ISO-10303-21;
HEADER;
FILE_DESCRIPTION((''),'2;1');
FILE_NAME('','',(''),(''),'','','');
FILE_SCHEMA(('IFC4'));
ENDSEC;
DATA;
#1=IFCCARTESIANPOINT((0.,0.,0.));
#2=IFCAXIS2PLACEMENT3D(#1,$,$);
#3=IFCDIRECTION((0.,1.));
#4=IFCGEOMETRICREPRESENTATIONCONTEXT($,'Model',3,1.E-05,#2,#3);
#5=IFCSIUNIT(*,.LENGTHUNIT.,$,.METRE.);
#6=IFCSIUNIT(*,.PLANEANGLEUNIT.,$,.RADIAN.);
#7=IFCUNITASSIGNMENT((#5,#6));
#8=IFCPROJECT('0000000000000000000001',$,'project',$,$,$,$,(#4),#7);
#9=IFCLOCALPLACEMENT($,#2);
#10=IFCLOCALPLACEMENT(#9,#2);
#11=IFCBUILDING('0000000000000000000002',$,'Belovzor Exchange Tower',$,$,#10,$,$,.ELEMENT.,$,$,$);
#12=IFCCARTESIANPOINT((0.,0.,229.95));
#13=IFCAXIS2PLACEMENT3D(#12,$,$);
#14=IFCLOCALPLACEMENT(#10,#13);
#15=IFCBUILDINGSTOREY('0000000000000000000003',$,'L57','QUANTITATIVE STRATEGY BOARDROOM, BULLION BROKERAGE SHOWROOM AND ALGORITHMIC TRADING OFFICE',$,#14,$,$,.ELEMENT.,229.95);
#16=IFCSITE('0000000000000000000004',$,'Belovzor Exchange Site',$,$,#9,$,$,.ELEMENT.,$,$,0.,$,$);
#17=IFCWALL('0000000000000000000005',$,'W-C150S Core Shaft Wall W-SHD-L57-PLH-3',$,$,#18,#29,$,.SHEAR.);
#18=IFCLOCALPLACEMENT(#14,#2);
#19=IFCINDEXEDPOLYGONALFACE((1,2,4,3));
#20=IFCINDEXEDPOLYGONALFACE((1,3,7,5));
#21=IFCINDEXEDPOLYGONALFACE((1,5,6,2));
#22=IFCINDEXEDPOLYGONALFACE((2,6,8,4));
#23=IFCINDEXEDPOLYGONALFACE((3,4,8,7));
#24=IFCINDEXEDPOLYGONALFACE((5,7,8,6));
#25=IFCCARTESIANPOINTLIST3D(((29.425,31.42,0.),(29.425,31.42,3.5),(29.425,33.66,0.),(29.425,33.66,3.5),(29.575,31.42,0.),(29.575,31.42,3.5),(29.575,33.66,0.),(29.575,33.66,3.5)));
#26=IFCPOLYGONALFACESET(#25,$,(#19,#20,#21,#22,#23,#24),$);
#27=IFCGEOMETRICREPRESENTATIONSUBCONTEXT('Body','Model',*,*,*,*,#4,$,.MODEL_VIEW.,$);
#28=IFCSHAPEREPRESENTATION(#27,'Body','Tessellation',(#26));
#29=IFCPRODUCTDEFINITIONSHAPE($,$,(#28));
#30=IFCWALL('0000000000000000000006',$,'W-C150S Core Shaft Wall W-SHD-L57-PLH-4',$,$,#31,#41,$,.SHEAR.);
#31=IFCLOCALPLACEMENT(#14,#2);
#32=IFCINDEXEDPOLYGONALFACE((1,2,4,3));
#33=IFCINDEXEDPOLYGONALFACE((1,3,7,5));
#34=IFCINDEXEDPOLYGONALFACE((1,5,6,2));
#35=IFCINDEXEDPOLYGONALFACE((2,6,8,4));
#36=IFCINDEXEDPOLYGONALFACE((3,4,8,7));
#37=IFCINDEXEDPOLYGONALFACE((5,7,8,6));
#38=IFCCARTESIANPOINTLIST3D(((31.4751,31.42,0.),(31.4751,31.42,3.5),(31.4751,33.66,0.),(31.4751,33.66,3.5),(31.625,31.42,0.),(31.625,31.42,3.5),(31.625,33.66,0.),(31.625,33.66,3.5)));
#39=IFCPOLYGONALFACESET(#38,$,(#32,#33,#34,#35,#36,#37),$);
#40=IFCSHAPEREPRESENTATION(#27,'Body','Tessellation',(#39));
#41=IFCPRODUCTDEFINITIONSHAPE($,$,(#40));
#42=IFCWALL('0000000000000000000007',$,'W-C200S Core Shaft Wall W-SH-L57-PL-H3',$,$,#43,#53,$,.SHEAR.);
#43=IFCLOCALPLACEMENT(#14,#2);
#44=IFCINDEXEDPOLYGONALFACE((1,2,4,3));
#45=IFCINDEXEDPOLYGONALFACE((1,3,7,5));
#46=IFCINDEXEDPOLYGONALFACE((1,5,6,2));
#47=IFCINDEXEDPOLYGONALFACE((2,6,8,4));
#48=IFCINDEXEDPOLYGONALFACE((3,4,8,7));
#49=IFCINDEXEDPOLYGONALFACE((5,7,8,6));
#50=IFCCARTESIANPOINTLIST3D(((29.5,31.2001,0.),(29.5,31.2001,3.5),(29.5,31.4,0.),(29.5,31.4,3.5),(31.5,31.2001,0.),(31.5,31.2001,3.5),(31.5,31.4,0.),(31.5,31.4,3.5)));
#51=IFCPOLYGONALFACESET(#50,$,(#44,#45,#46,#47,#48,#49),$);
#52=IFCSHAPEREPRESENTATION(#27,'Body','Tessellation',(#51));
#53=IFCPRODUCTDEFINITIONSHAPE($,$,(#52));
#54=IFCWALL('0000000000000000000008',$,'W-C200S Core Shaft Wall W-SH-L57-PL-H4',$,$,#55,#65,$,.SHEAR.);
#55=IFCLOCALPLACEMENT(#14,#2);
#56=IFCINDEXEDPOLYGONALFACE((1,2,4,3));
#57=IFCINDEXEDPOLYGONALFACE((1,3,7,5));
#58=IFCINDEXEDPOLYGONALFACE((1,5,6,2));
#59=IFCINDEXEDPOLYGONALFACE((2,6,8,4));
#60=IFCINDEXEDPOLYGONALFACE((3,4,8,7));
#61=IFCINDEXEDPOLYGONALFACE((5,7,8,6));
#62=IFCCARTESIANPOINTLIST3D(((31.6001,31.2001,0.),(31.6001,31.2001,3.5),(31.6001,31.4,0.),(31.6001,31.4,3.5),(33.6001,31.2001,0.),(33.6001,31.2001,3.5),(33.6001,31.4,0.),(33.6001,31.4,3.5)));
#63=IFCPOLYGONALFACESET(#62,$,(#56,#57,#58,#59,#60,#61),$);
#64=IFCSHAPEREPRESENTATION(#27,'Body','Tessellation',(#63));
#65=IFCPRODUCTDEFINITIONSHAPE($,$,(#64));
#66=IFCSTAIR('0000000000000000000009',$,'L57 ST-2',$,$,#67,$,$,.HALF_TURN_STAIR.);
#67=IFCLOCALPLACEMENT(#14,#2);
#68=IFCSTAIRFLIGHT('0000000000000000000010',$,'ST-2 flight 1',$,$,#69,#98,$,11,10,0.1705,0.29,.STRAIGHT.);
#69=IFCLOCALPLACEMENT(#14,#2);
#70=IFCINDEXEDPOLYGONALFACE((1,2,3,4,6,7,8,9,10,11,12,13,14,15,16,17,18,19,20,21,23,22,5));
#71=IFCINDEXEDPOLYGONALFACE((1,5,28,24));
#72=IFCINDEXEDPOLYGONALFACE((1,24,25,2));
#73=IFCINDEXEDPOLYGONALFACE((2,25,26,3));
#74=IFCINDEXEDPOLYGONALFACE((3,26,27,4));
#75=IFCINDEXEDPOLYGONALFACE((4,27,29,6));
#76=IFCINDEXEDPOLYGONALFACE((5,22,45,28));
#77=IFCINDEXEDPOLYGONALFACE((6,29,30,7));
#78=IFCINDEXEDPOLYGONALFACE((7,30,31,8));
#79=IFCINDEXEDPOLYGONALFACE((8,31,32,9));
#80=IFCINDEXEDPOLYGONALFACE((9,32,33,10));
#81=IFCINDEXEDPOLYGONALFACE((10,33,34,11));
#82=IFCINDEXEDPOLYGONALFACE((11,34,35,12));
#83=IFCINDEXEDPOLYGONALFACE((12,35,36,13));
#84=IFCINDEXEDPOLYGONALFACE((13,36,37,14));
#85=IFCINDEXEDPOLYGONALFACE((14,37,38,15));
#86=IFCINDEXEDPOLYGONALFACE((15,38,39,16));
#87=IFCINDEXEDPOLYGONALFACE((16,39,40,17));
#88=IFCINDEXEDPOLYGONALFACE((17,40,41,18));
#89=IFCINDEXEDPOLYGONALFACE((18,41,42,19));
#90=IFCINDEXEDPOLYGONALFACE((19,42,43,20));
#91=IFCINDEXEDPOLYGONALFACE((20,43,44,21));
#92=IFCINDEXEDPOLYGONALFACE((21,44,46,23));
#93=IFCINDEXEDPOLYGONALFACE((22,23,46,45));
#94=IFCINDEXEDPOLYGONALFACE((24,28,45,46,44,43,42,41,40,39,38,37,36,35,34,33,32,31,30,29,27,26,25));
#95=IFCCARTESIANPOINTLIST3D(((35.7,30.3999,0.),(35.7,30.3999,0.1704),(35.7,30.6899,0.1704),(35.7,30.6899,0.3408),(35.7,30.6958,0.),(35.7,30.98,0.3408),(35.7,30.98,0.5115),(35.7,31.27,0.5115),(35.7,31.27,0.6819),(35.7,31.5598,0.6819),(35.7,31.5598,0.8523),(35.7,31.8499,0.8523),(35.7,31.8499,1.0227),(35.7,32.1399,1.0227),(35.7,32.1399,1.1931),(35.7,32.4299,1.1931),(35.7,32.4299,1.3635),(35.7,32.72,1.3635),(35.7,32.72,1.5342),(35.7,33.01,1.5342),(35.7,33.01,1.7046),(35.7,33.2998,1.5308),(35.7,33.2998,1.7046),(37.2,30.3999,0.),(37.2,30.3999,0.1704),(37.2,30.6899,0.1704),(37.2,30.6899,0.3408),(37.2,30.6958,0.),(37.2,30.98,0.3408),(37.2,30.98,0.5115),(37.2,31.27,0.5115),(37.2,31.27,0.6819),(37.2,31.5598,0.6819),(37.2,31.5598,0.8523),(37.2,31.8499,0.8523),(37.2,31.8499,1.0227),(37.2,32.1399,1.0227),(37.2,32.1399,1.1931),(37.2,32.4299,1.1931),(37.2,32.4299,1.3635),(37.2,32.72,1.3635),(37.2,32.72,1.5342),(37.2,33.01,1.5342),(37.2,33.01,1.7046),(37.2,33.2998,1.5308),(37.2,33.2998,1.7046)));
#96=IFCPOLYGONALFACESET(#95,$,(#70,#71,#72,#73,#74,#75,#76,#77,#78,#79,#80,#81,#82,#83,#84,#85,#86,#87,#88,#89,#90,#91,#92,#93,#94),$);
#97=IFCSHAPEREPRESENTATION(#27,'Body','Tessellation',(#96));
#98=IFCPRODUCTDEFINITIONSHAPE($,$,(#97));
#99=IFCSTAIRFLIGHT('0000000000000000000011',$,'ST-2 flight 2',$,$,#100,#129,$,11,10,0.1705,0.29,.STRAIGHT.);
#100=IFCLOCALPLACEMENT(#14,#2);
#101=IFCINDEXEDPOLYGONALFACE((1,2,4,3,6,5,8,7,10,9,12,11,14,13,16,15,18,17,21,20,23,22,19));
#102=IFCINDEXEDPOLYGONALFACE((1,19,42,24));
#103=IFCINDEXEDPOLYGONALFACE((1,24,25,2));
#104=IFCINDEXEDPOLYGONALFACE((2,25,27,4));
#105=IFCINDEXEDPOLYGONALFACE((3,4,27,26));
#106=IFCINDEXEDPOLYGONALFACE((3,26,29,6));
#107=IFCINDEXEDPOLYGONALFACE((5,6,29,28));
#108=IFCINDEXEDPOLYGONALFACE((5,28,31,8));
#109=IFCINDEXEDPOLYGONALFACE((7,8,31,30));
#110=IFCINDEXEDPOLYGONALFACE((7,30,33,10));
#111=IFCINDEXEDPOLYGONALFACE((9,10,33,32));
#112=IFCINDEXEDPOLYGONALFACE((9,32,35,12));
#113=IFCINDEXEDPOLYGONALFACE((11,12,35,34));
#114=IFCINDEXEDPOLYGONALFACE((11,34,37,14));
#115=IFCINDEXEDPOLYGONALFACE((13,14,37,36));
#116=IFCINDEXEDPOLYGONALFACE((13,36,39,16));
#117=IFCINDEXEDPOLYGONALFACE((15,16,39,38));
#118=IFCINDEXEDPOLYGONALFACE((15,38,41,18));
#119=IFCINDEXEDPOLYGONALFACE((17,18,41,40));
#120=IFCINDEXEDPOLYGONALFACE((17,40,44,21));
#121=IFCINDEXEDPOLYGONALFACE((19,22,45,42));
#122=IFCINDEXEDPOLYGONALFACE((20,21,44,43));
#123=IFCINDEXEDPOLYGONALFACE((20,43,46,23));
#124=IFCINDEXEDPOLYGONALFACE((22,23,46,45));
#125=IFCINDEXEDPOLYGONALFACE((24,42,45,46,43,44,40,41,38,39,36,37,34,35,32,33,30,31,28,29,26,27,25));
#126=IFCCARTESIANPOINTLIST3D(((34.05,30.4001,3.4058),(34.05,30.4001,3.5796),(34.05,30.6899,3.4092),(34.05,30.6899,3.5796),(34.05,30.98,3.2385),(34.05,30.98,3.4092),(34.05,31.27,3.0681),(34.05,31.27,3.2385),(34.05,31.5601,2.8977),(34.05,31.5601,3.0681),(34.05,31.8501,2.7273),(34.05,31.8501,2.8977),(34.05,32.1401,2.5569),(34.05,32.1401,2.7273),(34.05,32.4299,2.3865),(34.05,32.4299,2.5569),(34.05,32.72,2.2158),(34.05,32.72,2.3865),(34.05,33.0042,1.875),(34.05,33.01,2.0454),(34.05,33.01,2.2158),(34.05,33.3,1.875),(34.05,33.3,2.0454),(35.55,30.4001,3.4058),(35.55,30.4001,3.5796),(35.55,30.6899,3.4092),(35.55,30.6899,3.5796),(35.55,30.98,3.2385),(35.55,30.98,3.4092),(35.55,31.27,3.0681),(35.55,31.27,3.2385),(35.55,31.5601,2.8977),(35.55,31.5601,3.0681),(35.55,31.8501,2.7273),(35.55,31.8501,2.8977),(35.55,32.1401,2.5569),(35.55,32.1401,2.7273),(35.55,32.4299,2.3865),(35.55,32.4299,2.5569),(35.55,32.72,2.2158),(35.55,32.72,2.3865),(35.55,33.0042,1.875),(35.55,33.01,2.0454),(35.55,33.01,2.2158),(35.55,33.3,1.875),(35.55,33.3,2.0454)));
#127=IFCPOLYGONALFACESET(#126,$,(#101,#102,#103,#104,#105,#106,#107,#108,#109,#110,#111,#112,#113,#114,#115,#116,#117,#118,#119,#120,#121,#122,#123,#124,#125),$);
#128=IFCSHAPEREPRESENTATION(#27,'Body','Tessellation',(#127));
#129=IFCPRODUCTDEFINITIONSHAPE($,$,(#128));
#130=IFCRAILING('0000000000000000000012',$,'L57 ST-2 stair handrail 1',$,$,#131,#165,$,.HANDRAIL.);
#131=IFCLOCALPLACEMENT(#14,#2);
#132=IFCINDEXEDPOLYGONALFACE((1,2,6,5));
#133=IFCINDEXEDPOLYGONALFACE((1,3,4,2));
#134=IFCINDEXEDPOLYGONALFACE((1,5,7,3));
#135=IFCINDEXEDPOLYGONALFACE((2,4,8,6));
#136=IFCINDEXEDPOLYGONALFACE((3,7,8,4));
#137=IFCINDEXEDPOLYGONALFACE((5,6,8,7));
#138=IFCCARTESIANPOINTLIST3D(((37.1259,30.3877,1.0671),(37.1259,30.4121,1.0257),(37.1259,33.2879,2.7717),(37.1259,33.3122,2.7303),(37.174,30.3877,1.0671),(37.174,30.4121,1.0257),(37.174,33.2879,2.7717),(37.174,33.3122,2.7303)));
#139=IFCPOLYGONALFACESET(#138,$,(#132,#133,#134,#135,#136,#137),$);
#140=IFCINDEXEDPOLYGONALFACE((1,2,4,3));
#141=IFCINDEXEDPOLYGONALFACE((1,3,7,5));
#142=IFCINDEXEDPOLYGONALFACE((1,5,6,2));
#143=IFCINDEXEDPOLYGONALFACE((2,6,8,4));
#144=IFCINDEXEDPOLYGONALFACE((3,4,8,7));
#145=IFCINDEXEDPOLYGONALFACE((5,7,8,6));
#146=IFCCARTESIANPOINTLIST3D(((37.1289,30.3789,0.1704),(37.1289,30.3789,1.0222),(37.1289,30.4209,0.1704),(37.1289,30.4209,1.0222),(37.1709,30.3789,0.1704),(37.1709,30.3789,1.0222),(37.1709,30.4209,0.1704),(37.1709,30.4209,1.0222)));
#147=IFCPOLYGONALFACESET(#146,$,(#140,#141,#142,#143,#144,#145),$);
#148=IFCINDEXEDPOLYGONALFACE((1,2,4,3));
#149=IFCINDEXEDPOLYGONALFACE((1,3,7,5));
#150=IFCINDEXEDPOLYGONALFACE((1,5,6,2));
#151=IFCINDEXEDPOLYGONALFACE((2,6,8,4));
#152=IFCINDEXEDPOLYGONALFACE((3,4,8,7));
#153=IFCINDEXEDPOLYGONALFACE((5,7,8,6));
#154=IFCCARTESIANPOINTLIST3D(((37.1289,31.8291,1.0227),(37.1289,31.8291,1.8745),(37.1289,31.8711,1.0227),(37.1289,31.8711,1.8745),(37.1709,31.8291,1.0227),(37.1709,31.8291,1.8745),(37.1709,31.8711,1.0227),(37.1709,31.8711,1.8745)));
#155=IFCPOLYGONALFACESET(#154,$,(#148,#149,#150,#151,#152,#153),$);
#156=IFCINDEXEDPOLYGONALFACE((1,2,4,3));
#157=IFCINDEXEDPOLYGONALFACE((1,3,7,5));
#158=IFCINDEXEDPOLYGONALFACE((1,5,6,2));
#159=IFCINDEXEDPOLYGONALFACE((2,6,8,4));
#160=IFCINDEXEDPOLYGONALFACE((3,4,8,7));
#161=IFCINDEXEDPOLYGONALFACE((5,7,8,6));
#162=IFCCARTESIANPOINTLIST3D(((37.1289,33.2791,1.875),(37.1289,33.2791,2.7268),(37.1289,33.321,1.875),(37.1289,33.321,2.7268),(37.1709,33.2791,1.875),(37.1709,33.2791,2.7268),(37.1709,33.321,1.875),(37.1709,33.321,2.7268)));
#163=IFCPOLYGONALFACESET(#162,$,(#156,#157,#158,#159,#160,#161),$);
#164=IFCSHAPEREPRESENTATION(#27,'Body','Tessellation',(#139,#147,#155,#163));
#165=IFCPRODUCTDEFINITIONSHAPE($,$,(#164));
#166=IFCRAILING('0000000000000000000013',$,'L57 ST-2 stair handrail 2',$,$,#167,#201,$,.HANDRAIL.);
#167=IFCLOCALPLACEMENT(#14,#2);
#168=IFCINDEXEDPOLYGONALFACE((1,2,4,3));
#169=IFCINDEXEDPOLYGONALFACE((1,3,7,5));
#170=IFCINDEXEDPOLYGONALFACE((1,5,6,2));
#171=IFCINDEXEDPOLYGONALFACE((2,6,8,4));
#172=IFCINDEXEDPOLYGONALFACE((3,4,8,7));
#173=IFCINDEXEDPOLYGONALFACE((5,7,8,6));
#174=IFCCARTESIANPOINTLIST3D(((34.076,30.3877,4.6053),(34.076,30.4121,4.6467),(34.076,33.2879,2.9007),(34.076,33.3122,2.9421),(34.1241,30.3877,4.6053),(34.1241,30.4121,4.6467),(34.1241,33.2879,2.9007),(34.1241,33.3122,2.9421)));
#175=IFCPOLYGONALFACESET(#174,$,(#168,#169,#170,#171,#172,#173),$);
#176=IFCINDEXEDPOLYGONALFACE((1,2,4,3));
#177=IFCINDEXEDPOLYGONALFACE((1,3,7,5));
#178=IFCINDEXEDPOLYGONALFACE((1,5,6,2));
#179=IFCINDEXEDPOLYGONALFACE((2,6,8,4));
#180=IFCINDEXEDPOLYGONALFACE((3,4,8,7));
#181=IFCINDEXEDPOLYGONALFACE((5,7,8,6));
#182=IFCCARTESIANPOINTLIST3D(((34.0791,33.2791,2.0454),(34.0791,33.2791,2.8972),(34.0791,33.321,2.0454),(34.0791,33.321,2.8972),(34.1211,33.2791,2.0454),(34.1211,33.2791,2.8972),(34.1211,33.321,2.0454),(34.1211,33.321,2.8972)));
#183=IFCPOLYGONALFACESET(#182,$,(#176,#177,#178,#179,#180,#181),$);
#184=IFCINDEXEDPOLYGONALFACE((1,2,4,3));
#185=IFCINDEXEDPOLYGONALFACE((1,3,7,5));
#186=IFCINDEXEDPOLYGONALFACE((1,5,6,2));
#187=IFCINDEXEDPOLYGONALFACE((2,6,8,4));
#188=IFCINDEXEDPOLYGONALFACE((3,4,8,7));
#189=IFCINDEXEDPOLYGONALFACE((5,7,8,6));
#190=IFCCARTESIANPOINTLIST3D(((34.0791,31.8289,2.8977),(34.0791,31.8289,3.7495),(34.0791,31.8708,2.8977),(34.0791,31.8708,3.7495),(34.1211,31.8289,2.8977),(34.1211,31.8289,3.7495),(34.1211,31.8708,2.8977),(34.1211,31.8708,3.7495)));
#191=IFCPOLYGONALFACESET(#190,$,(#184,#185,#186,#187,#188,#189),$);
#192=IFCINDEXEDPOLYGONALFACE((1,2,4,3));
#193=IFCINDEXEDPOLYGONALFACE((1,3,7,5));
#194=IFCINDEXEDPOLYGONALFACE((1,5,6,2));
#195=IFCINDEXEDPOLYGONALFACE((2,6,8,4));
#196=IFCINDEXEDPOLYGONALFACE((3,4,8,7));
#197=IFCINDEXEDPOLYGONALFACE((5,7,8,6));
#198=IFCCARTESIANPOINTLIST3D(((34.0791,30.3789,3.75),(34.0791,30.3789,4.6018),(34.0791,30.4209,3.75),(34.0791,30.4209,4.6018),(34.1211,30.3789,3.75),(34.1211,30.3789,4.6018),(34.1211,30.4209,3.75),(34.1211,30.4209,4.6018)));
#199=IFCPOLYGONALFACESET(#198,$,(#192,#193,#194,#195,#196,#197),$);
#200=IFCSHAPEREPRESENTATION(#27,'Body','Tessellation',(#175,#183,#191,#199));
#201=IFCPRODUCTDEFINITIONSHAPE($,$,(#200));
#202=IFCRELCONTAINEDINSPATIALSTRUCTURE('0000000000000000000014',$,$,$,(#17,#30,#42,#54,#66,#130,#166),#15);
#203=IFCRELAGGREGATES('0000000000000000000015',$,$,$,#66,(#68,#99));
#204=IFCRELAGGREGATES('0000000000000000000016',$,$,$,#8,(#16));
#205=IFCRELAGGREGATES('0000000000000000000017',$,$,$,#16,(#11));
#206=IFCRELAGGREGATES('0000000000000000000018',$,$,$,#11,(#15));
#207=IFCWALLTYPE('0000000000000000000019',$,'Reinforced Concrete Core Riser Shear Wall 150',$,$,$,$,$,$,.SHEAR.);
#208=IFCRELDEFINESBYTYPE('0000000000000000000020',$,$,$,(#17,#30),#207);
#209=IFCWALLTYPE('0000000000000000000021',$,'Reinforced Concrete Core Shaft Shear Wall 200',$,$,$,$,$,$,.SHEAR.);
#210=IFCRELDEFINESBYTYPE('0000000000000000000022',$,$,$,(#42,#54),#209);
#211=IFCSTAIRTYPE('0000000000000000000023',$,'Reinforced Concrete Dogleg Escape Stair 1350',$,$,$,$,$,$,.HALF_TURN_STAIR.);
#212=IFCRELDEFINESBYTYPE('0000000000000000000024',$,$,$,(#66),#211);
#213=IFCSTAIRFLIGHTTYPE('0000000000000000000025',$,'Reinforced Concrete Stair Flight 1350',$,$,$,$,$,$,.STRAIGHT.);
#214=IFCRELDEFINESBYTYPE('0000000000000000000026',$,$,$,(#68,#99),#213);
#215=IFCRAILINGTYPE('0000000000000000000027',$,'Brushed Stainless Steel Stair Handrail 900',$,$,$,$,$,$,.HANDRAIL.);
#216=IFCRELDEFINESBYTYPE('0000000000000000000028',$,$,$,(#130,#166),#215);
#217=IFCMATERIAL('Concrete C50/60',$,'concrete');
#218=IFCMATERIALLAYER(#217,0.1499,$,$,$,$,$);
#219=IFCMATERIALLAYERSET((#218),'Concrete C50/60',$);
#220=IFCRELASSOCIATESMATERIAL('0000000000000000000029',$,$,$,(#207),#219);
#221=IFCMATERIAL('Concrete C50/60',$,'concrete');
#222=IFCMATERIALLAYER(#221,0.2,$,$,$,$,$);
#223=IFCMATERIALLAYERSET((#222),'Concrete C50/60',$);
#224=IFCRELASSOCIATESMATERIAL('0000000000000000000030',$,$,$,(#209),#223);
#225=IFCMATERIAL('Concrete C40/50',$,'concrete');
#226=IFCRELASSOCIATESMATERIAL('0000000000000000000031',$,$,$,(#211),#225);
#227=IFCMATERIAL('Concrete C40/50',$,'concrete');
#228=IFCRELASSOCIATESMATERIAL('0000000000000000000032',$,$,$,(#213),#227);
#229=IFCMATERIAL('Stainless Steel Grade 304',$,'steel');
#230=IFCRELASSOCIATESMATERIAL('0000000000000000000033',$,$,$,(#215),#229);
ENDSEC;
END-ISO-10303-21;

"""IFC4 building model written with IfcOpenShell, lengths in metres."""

from ifc_helpers import new_model, si_unit, direction, frame, frame_2d, origin, origin_2d, place, context, subcontext, project, spatial, polyline, rectangle, outline, extrude, material, layer, layer_set, type_object, element, aggregate, save


model = new_model("IFC4")

# Units and contexts
model_context = context("Model", 3, precision=1e-05, world=origin(), true_north=direction((0.0, 1.0)))
body_context = subcontext(model_context, "Body", "Model", "MODEL_VIEW")
ifc_project = project(units=[si_unit("LENGTHUNIT", "METRE"), si_unit("PLANEANGLEUNIT", "RADIAN")], contexts=[model_context])

# Site, building, storey
site_placement = place(None, origin())
site = spatial("IfcSite", under=ifc_project, at=site_placement, Name="Belovzor Exchange Site", CompositionType="ELEMENT", RefElevation=0.0)
building_placement = place(site_placement, origin())
building = spatial("IfcBuilding", under=site, at=building_placement, Name="Belovzor Exchange Tower", CompositionType="ELEMENT")
storey_placement = place(building_placement, frame((0.0, 0.0, 229.95)))
storey = spatial("IfcBuildingStorey", under=building, at=storey_placement, Name="L57", Description="QUANTITATIVE STRATEGY BOARDROOM, BULLION BROKERAGE SHOWROOM AND ALGORITHMIC TRADING OFFICE", CompositionType="ELEMENT", Elevation=229.95)

# Walls
ifc_material_1 = material(Name="Concrete C50/60", Category="concrete")
ifc_layer_1 = layer(ifc_material_1, 0.1499)
ifc_layer_set_1 = layer_set([ifc_layer_1], Name="Concrete C50/60")
wall_type_1 = type_object("IfcWallType", Name="Reinforced Concrete Core Riser Shear Wall 150", PredefinedType="SHEAR", material=ifc_layer_set_1)
for number, where, z_axis, x_axis, name in (
    (1, (29.5, 31.4199, 0.0), (0.0, 0.0, 1.0), (0.0, 1.0, 0.0), "W-C150S Core Shaft Wall W-SHD-L57-PLH-3"),
    (2, (31.55, 31.4199, 0.0), (0.0, 0.0, 1.0), (0.0, 1.0, 0.0), "W-C150S Core Shaft Wall W-SHD-L57-PLH-4"),
):
    element("IfcWall", number, at=place(storey_placement, frame(where, z_axis=z_axis, x_axis=x_axis)), inside=storey, type_object=wall_type_1, Name=name, PredefinedType="SHEAR", context=body_context, shape_type="SweptSolid", body=[
        extrude(rectangle(XDim=2.24, YDim=0.1499, at=frame_2d((1.1201, 0.0))), origin(), (0.0, 0.0, 1.0), 3.5),
    ])

# Shared definitions
ifc_material_2 = material(Name="Concrete C50/60", Category="concrete")
ifc_layer_2 = layer(ifc_material_2, 0.2)
ifc_layer_set_2 = layer_set([ifc_layer_2], Name="Concrete C50/60")
wall_type_2 = type_object("IfcWallType", Name="Reinforced Concrete Core Shaft Shear Wall 200", PredefinedType="SHEAR", material=ifc_layer_set_2)

# Walls
for number, where, z_axis, x_axis, name in (
    (3, (29.5, 31.3, 0.0), (0.0, 0.0, 1.0), (1.0, 0.0, 0.0), "W-C200S Core Shaft Wall W-SH-L57-PL-H3"),
    (4, (31.6001, 31.3, 0.0), (0.0, 0.0, 1.0), (1.0, 0.0, 0.0), "W-C200S Core Shaft Wall W-SH-L57-PL-H4"),
):
    element("IfcWall", number, at=place(storey_placement, frame(where, z_axis=z_axis, x_axis=x_axis)), inside=storey, type_object=wall_type_2, Name=name, PredefinedType="SHEAR", context=body_context, shape_type="SweptSolid", body=[
        extrude(rectangle(XDim=2.0, YDim=0.2, at=frame_2d((1.0, 0.0))), origin(), (0.0, 0.0, 1.0), 3.5),
    ])

# Stair, stair flights
ifc_material_3 = material(Name="Concrete C40/50", Category="concrete")
stair_type = type_object("IfcStairType", Name="Reinforced Concrete Dogleg Escape Stair 1350", PredefinedType="HALF_TURN_STAIR", material=ifc_material_3)
stair_placement = place(storey_placement, origin())
stair = element("IfcStair", 5, at=stair_placement, inside=storey, type_object=stair_type, Name="L57 ST-2", PredefinedType="HALF_TURN_STAIR")
ifc_material_4 = material(Name="Concrete C40/50", Category="concrete")
stair_flight_type = type_object("IfcStairFlightType", Name="Reinforced Concrete Stair Flight 1350", PredefinedType="STRAIGHT", material=ifc_material_4)
stair_flight_1_placement = place(storey_placement, frame((36.45, 30.3999, 0.0), z_axis=(0.0, 0.0, 1.0), x_axis=(0.0, 1.0, 0.0)))
stair_flight_1 = element("IfcStairFlight", 6, at=stair_flight_1_placement, type_object=stair_flight_type, Name="ST-2 flight 1", NumberOfRisers=11, NumberOfTreads=10, PredefinedType="STRAIGHT", RiserHeight=0.1705, TreadLength=0.29, context=body_context, shape_type="SweptSolid", body=[
    extrude(outline(polyline([(0.0, 0.0), (0.0, 0.1704), (0.29, 0.1704), (0.29, 0.3408), (0.5801, 0.3408), (0.5801, 0.5115), (0.8701, 0.5115), (0.8701, 0.6819), (1.1599, 0.6819), (1.1599, 0.8523), (1.45, 0.8523), (1.45, 1.0227), (1.74, 1.0227), (1.74, 1.1931), (2.03, 1.1931), (2.03, 1.3635), (2.3201, 1.3635), (2.3201, 1.5342), (2.6101, 1.5342), (2.6101, 1.7046), (2.8999, 1.7046), (2.8999, 1.875), (2.8999, 1.5308), (0.2959, 0.0), (0.0, 0.0)])), frame((0.0, 0.75, 0.0), z_axis=(0.0, -1.0, 0.0), x_axis=(1.0, 0.0, 0.0)), (0.0, 0.0, 1.0), 1.5),
])
stair_flight_2_placement = place(storey_placement, frame((34.8, 33.3, 1.875), z_axis=(0.0, 0.0, 1.0), x_axis=(0.0, -1.0, 0.0)))
stair_flight_2 = element("IfcStairFlight", 7, at=stair_flight_2_placement, type_object=stair_flight_type, Name="ST-2 flight 2", NumberOfRisers=11, NumberOfTreads=10, PredefinedType="STRAIGHT", RiserHeight=0.1705, TreadLength=0.29, context=body_context, shape_type="SweptSolid", body=[
    extrude(outline(polyline([(0.0, 0.0), (0.0, 0.1704), (0.29, 0.1704), (0.29, 0.3408), (0.5801, 0.3408), (0.5801, 0.5115), (0.8701, 0.5115), (0.8701, 0.6819), (1.1599, 0.6819), (1.1599, 0.8523), (1.45, 0.8523), (1.45, 1.0227), (1.74, 1.0227), (1.74, 1.1931), (2.03, 1.1931), (2.03, 1.3635), (2.3201, 1.3635), (2.3201, 1.5342), (2.6101, 1.5342), (2.6101, 1.7046), (2.8999, 1.7046), (2.8999, 1.875), (2.8999, 1.5308), (0.2959, 0.0), (0.0, 0.0)])), frame((0.0, 0.75, 0.0), z_axis=(0.0, -1.0, 0.0), x_axis=(1.0, 0.0, 0.0)), (0.0, 0.0, 1.0), 1.5),
])
aggregate(stair, [stair_flight_1, stair_flight_2])

# Railings
ifc_material_5 = material(Name="Stainless Steel Grade 304", Category="steel")
railing_type_1 = type_object("IfcRailingType", Name="Brushed Stainless Steel Stair Handrail 900", PredefinedType="HANDRAIL", material=ifc_material_5)
railing_1_placement = place(storey_placement, frame((37.1499, 30.3999, 0.1704)))
element("IfcRailing", 8, at=railing_1_placement, inside=storey, type_object=railing_type_1, Name="L57 ST-2 stair handrail 1", PredefinedType="HANDRAIL", context=body_context, shape_type="SweptSolid", body=[
    extrude(rectangle(XDim=0.0481, YDim=0.0481, at=origin_2d()), frame((0.0, 0.0, 0.876), z_axis=(0.0, 0.862113, 0.506716), x_axis=(-1.0, 0.0, 0.0)), (0.0, 0.0, 1.0), 3.364),
    extrude(rectangle(XDim=0.042, YDim=0.042, at=origin_2d()), origin(), (0.0, 0.0, 1.0), 0.8518),
    extrude(rectangle(XDim=0.042, YDim=0.042, at=origin_2d()), frame((0.0, 1.4502, 0.8523)), (0.0, 0.0, 1.0), 0.8518),
    extrude(rectangle(XDim=0.042, YDim=0.042, at=origin_2d()), frame((0.0, 2.9001, 1.7046)), (0.0, 0.0, 1.0), 0.8518),
])
railing_2_placement = place(storey_placement, frame((34.1001, 33.3, 2.0454)))
element("IfcRailing", 9, at=railing_2_placement, inside=storey, type_object=railing_type_1, Name="L57 ST-2 stair handrail 2", PredefinedType="HANDRAIL", context=body_context, shape_type="SweptSolid", body=[
    extrude(rectangle(XDim=0.0481, YDim=0.0481, at=origin_2d()), frame((0.0, 0.0, 0.876), z_axis=(0.0, -0.862113, 0.506716), x_axis=(1.0, 0.0, 0.0)), (0.0, 0.0, 1.0), 3.364),
    extrude(rectangle(XDim=0.042, YDim=0.042, at=origin_2d()), origin(), (0.0, 0.0, 1.0), 0.8518),
    extrude(rectangle(XDim=0.042, YDim=0.042, at=origin_2d()), frame((0.0, -1.4502, 0.8523)), (0.0, 0.0, 1.0), 0.8518),
    extrude(rectangle(XDim=0.042, YDim=0.042, at=origin_2d()), frame((0.0, -2.9001, 1.7046)), (0.0, 0.0, 1.0), 0.8518),
])

save(model, "model.ifc")
